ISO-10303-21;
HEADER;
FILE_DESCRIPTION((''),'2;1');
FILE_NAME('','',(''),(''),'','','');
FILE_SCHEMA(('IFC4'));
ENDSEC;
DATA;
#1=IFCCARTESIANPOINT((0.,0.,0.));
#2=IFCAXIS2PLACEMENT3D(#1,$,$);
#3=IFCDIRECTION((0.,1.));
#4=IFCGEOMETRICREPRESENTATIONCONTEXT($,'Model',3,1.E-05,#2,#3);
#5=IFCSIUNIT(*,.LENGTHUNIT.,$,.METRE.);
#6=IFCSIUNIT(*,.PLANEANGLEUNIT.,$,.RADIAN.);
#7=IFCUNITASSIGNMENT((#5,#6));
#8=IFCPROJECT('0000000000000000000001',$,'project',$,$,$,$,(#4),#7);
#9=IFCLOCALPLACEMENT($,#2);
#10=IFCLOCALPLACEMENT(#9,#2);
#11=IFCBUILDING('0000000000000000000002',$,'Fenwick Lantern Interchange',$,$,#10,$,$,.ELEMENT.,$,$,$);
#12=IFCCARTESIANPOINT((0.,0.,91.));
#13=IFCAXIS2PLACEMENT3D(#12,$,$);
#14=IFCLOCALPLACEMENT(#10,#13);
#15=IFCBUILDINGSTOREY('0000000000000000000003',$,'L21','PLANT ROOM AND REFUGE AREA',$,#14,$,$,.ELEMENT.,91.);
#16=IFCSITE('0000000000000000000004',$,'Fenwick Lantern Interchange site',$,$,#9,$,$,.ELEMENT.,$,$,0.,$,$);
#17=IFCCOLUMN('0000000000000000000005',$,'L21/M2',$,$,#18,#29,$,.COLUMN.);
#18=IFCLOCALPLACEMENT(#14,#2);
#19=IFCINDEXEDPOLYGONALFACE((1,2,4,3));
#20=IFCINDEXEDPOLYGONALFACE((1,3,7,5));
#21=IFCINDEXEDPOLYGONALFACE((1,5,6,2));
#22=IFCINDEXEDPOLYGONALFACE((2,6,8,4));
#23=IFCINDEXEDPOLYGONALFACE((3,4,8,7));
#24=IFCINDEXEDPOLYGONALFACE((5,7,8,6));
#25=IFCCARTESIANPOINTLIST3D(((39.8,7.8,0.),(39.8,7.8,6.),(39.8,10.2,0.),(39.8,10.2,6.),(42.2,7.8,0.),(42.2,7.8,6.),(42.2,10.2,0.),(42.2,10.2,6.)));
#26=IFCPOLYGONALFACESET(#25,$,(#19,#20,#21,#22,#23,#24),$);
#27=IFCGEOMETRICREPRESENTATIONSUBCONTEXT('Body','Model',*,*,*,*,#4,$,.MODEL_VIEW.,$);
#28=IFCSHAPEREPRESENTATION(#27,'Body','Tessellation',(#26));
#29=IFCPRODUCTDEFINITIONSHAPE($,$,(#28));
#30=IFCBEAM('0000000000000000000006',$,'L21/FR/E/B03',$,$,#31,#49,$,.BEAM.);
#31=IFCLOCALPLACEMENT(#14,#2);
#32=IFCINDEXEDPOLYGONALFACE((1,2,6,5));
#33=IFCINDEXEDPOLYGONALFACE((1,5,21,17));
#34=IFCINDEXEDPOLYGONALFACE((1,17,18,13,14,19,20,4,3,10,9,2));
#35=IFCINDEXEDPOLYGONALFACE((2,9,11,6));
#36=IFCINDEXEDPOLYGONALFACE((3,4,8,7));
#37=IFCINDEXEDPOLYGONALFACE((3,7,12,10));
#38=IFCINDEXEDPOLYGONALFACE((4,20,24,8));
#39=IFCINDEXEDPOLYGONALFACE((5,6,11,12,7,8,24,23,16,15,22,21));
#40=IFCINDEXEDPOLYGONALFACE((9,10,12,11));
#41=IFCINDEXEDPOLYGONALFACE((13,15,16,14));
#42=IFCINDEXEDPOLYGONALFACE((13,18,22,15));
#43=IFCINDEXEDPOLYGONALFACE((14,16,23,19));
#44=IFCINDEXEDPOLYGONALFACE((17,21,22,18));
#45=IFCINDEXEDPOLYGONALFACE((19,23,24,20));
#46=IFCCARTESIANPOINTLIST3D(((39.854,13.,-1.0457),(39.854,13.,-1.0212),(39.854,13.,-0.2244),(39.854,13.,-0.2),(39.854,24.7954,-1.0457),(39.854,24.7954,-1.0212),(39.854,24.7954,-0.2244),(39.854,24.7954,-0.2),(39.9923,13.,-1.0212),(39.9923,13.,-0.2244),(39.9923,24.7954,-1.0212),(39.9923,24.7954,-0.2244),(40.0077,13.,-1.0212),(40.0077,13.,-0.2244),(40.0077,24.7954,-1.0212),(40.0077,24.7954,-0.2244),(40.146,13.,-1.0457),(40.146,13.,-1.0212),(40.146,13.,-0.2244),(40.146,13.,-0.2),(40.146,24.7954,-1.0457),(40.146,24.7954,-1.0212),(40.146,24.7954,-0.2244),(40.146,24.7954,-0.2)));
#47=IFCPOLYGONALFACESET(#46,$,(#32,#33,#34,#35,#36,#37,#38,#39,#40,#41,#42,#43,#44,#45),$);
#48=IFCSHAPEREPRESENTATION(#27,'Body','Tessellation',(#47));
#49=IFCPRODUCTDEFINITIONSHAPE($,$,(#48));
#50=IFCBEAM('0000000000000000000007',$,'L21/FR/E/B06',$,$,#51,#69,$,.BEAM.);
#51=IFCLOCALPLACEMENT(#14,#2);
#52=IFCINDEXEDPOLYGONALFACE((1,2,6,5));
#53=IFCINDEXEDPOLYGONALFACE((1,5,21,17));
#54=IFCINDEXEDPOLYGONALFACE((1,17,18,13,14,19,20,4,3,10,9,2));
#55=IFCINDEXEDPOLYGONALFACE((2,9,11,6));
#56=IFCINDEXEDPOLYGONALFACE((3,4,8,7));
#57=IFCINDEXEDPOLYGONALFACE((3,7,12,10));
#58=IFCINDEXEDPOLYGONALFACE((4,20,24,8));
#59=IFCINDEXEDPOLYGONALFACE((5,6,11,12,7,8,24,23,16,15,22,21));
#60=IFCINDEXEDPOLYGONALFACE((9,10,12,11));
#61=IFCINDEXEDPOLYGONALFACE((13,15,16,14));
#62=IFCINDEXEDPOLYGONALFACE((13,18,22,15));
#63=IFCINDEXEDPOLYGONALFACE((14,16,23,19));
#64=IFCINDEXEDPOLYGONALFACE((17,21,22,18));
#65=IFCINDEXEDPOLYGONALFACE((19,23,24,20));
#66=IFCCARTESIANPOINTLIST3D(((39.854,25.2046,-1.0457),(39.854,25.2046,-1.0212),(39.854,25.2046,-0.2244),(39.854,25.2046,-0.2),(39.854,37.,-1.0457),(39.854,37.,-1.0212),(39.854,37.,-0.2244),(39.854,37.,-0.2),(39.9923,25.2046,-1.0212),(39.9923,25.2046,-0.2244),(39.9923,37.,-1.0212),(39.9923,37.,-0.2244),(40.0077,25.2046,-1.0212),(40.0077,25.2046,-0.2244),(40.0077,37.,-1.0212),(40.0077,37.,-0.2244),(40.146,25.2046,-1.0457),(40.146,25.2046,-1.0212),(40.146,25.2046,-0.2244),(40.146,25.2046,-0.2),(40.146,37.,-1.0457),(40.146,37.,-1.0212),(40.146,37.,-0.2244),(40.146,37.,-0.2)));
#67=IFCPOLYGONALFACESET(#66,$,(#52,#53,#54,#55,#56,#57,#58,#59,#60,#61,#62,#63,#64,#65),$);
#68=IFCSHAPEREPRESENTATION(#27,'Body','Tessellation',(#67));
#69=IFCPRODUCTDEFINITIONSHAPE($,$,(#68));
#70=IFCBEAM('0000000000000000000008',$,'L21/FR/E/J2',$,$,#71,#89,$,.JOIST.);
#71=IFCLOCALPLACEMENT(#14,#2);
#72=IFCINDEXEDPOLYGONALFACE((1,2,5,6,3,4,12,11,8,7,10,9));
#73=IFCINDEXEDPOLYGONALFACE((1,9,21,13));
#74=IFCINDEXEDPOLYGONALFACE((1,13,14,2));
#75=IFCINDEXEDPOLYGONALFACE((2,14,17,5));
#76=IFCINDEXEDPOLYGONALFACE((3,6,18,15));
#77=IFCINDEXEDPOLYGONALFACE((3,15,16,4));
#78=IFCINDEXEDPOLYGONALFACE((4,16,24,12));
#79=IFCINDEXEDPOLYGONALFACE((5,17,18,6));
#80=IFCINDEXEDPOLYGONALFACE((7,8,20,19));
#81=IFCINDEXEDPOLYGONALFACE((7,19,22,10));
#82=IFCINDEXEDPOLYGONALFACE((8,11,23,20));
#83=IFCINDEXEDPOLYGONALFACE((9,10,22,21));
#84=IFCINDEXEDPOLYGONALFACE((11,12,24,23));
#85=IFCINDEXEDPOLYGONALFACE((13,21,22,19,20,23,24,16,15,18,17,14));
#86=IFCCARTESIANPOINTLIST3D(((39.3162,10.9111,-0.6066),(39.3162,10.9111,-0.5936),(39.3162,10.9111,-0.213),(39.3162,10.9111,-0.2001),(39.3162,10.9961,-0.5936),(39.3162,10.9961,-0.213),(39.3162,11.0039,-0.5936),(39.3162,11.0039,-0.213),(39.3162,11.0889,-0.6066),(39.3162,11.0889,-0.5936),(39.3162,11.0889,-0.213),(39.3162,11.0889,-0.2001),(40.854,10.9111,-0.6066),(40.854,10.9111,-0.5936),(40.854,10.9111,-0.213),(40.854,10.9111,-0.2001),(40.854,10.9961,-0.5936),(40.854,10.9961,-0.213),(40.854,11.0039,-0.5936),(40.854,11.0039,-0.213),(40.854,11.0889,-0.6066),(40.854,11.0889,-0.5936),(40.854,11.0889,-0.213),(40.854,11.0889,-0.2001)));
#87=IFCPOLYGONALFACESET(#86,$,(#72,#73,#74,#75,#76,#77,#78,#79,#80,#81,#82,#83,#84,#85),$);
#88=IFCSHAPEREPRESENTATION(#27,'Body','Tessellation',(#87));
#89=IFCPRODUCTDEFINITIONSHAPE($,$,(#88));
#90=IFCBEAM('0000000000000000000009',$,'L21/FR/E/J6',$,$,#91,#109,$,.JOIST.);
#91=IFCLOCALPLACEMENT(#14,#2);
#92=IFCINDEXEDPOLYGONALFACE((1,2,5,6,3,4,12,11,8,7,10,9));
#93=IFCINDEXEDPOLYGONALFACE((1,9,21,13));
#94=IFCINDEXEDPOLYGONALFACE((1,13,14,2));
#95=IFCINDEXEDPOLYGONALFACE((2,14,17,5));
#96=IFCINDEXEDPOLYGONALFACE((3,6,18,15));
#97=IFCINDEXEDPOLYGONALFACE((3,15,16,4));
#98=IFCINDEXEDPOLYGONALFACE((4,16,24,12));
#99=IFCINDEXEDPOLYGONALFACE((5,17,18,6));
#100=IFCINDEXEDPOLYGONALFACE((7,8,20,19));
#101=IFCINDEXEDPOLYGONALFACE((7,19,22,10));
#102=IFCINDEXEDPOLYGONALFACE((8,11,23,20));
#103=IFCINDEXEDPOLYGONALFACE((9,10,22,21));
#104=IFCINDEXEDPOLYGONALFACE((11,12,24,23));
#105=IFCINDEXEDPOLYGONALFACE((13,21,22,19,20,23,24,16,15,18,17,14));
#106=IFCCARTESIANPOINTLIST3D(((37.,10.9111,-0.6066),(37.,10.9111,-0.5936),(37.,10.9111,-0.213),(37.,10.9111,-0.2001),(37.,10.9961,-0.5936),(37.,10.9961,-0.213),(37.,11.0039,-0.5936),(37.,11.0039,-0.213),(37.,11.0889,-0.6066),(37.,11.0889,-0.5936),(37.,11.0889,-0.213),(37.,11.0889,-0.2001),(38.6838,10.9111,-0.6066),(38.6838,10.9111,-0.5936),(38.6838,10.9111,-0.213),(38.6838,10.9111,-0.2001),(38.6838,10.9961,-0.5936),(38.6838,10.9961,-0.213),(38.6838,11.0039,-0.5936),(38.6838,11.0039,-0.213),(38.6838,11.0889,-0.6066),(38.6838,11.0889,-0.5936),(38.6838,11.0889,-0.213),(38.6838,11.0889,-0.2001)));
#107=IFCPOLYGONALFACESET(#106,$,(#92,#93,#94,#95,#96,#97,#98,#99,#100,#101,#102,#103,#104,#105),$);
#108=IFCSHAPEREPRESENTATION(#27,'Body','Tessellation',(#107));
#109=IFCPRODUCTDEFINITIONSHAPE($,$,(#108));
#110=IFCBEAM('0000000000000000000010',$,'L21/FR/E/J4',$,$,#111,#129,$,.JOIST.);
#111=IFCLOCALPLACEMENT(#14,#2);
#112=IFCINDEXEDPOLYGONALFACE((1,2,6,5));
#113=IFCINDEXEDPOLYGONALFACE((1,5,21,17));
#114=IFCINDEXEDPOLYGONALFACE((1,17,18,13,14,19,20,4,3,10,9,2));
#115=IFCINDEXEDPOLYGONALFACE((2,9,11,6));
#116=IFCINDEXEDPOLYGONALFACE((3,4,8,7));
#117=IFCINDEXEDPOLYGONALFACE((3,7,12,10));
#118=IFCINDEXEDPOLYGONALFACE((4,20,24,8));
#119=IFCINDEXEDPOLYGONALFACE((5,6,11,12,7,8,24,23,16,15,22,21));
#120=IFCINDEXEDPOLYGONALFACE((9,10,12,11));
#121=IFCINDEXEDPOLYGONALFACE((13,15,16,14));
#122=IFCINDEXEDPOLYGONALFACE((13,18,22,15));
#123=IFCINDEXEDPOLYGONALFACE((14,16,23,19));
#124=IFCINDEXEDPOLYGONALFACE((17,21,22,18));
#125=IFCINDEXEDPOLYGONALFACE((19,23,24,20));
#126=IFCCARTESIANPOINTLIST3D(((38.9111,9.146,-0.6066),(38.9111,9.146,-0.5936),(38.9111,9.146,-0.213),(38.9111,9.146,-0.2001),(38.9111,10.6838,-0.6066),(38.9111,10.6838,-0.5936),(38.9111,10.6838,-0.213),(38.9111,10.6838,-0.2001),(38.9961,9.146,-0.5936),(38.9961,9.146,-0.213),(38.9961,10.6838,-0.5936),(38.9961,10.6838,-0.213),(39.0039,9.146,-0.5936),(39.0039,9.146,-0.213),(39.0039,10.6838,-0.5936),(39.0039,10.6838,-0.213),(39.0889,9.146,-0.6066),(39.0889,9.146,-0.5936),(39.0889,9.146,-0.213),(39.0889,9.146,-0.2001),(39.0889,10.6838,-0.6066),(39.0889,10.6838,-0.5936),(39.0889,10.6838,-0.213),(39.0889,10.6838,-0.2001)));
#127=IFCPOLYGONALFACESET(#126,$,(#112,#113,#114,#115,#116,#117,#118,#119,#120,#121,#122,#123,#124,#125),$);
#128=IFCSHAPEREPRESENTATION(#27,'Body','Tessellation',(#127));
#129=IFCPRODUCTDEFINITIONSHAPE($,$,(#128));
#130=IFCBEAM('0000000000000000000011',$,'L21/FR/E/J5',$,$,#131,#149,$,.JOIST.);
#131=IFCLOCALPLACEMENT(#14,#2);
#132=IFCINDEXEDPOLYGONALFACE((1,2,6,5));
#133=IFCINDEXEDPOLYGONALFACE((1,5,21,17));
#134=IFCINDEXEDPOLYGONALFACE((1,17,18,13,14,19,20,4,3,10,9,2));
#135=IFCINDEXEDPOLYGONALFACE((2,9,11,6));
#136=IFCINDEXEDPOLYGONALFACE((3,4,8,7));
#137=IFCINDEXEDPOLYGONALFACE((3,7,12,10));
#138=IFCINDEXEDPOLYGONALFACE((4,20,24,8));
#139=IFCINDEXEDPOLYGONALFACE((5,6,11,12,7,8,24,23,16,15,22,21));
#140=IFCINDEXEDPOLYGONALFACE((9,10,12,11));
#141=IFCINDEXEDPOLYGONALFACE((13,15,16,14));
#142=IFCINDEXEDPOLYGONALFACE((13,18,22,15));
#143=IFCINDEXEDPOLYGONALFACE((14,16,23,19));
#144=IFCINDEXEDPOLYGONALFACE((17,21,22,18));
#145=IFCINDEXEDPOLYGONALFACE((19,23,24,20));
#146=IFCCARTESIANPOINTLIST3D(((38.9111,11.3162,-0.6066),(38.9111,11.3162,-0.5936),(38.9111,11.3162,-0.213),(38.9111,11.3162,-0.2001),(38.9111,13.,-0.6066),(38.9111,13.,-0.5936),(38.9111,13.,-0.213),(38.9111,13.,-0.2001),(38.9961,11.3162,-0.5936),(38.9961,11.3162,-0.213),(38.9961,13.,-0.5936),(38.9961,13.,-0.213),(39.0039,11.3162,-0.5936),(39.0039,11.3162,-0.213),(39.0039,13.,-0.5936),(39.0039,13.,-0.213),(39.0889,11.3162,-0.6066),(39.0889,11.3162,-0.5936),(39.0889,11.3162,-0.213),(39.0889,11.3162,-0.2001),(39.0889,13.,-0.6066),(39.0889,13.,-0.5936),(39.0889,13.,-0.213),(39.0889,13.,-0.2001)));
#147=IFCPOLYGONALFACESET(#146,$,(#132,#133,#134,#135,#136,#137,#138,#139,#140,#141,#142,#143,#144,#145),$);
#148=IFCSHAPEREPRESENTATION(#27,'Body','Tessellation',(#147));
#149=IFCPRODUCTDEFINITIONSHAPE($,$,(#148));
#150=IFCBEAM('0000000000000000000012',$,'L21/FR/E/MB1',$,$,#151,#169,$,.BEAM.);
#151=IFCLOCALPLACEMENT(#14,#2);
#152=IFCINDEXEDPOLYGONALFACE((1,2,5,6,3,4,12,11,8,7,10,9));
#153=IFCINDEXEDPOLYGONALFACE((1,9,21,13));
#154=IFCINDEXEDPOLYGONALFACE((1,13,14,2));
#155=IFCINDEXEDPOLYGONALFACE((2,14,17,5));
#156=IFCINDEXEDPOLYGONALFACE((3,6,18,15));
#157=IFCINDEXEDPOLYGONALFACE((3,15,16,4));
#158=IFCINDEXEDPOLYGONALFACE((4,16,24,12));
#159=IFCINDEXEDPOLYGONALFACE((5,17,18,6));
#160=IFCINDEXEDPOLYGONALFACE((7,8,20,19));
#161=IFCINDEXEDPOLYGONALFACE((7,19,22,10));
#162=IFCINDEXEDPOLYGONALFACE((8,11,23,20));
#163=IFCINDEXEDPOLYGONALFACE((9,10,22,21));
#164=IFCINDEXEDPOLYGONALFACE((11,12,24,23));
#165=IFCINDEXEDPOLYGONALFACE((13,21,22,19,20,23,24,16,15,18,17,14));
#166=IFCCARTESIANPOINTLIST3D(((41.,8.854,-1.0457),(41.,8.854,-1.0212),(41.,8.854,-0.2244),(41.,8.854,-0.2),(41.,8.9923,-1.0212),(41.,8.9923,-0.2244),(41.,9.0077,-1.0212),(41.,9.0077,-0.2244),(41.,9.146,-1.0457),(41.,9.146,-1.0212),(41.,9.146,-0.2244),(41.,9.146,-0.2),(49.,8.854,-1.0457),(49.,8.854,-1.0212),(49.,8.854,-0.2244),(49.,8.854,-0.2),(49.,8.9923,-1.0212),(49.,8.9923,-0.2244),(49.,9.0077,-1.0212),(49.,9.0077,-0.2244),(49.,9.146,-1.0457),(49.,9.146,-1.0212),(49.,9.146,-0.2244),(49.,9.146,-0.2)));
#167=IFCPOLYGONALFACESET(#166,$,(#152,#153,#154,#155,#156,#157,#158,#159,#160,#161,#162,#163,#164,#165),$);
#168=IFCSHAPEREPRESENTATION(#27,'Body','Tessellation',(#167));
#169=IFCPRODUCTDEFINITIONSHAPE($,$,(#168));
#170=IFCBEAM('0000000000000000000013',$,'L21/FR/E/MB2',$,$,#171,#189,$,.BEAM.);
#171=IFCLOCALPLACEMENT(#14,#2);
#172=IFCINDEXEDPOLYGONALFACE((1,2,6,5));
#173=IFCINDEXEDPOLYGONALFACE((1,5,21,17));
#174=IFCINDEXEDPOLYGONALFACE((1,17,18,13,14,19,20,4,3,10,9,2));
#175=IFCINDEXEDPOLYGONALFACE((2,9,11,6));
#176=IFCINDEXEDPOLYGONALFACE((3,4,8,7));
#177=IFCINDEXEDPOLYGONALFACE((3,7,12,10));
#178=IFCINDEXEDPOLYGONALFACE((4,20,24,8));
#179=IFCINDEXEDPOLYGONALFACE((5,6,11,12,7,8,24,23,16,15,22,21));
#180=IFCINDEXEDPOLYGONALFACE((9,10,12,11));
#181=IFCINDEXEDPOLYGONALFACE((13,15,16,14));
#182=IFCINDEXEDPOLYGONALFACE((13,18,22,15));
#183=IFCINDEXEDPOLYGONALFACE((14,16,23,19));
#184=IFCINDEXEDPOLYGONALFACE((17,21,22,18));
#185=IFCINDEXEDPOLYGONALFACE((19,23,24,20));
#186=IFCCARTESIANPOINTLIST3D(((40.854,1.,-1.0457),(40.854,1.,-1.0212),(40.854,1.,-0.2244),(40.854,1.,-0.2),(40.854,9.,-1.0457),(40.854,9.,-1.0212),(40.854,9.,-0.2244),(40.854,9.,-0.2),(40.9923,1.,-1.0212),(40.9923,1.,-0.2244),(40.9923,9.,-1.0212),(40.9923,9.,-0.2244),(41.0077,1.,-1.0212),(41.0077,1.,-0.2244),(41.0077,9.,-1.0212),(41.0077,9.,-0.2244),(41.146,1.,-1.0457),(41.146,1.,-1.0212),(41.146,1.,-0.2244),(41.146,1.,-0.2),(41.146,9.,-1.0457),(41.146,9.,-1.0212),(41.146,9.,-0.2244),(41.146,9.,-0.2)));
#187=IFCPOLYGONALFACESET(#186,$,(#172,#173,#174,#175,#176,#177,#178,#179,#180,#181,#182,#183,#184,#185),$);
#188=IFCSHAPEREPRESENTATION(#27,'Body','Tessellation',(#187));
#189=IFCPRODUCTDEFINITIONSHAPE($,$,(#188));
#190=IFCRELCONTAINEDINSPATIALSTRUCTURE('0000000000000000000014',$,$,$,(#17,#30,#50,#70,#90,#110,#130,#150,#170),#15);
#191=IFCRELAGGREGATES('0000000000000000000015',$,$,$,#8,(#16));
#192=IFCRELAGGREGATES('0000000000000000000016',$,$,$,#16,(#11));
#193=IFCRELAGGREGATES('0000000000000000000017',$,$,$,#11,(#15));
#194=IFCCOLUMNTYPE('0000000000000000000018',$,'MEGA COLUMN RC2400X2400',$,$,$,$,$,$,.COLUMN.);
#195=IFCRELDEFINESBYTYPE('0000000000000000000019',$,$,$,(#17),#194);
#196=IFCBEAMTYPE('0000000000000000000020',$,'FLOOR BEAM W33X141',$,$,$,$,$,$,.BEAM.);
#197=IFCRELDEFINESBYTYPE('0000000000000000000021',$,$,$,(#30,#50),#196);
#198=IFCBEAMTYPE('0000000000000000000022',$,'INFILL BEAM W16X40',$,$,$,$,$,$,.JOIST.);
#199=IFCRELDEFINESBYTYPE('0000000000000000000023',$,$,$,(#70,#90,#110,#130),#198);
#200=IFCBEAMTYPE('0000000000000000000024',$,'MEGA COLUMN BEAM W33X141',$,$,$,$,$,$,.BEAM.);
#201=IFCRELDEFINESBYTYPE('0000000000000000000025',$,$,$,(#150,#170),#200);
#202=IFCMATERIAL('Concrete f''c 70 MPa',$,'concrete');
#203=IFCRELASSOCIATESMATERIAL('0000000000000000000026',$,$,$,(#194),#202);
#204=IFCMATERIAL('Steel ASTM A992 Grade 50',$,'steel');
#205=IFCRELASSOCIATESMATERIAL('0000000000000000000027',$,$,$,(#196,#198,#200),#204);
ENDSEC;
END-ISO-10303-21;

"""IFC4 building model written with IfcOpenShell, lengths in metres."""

from ifc_helpers import new_model, si_unit, direction, frame, origin, origin_2d, place, context, subcontext, project, spatial, rectangle, i_section, extrude, material, material_profile, profile_set, type_object, element, save


model = new_model("IFC4")

# Units and contexts
model_context = context("Model", 3, precision=1e-05, world=origin(), true_north=direction((0.0, 1.0)))
body_context = subcontext(model_context, "Body", "Model", "MODEL_VIEW")
ifc_project = project(units=[si_unit("LENGTHUNIT", "METRE"), si_unit("PLANEANGLEUNIT", "RADIAN")], contexts=[model_context])

# Site, building, storey
site_placement = place(None, origin())
site = spatial("IfcSite", under=ifc_project, at=site_placement, Name="Fenwick Lantern Interchange site", CompositionType="ELEMENT", RefElevation=0.0)
building_placement = place(site_placement, origin())
building = spatial("IfcBuilding", under=site, at=building_placement, Name="Fenwick Lantern Interchange", CompositionType="ELEMENT")
storey_placement = place(building_placement, frame((0.0, 0.0, 91.0)))
storey = spatial("IfcBuildingStorey", under=building, at=storey_placement, Name="L21", Description="PLANT ROOM AND REFUGE AREA", CompositionType="ELEMENT", Elevation=91.0)

# Column
ifc_material_1 = material(Name="Concrete f'c 70 MPa", Category="concrete")
ifc_material_profile_1 = material_profile(ifc_material_1, rectangle(XDim=2.3999, YDim=2.3999, at=origin_2d()), Name="RC2400X2400")
ifc_profile_set_1 = profile_set([ifc_material_profile_1], Name="Concrete f'c 70 MPa")
column_type = type_object("IfcColumnType", Name="MEGA COLUMN RC2400X2400", PredefinedType="COLUMN", material=ifc_profile_set_1)
column_placement = place(storey_placement, frame((41.0, 9.0, 0.0), z_axis=(0.0, 0.0, 1.0), x_axis=(1.0, 0.0, 0.0)))
element("IfcColumn", 1, at=column_placement, inside=storey, type_object=column_type, Name="L21/M2", PredefinedType="COLUMN", context=body_context, shape_type="SweptSolid", body=[
    extrude(rectangle(XDim=2.3999, YDim=2.3999, at=origin_2d()), origin(), (0.0, 0.0, 1.0), 6.0),
])

# Beams
ifc_material_2 = material(Name="Steel ASTM A992 Grade 50", Category="steel")
ifc_material_profile_2 = material_profile(ifc_material_2, i_section(OverallWidth=0.292, OverallDepth=0.8457, WebThickness=0.0154, FlangeThickness=0.0244, at=origin_2d()), Name="W33X141")
ifc_profile_set_2 = profile_set([ifc_material_profile_2], Name="Steel ASTM A992 Grade 50")
beam_type_1 = type_object("IfcBeamType", Name="FLOOR BEAM W33X141", PredefinedType="BEAM", material=ifc_profile_set_2)
for number, where, z_axis, x_axis, name in (
    (2, (40.0, 13.0, -0.6228), (0.0, 1.0, 0.0), (-1.0, 0.0, 0.0), "L21/FR/E/B03"),
    (3, (40.0, 25.2046, -0.6228), (0.0, 1.0, 0.0), (-1.0, 0.0, 0.0), "L21/FR/E/B06"),
):
    element("IfcBeam", number, at=place(storey_placement, frame(where, z_axis=z_axis, x_axis=x_axis)), inside=storey, type_object=beam_type_1, Name=name, PredefinedType="BEAM", context=body_context, shape_type="SweptSolid", body=[
        extrude(i_section(OverallWidth=0.292, OverallDepth=0.8457, WebThickness=0.0154, FlangeThickness=0.0244, at=origin_2d()), origin(), (0.0, 0.0, 1.0), 11.7954),
    ])
ifc_material_profile_3 = material_profile(ifc_material_2, i_section(OverallWidth=0.1777, OverallDepth=0.4065, WebThickness=0.0078, FlangeThickness=0.0129, at=origin_2d()), Name="W16X40")
ifc_profile_set_3 = profile_set([ifc_material_profile_3], Name="Steel ASTM A992 Grade 50")
beam_type_2 = type_object("IfcBeamType", Name="INFILL BEAM W16X40", PredefinedType="JOIST", material=ifc_profile_set_3)
beam_1_placement = place(storey_placement, frame((40.854, 11.0, -0.4033), z_axis=(-1.0, 0.0, 0.0), x_axis=(0.0, -1.0, 0.0)))
element("IfcBeam", 4, at=beam_1_placement, inside=storey, type_object=beam_type_2, Name="L21/FR/E/J2", PredefinedType="JOIST", context=body_context, shape_type="SweptSolid", body=[
    extrude(i_section(OverallWidth=0.1777, OverallDepth=0.4065, WebThickness=0.0078, FlangeThickness=0.0129, at=origin_2d()), origin(), (0.0, 0.0, 1.0), 1.5378),
])
beam_2_placement = place(storey_placement, frame((38.6838, 11.0, -0.4033), z_axis=(-1.0, 0.0, 0.0), x_axis=(0.0, -1.0, 0.0)))
element("IfcBeam", 5, at=beam_2_placement, inside=storey, type_object=beam_type_2, Name="L21/FR/E/J6", PredefinedType="JOIST", context=body_context, shape_type="SweptSolid", body=[
    extrude(i_section(OverallWidth=0.1777, OverallDepth=0.4065, WebThickness=0.0078, FlangeThickness=0.0129, at=origin_2d()), origin(), (0.0, 0.0, 1.0), 1.6838),
])
beam_3_placement = place(storey_placement, frame((39.0, 9.146, -0.4033), z_axis=(0.0, 1.0, 0.0), x_axis=(-1.0, 0.0, 0.0)))
element("IfcBeam", 6, at=beam_3_placement, inside=storey, type_object=beam_type_2, Name="L21/FR/E/J4", PredefinedType="JOIST", context=body_context, shape_type="SweptSolid", body=[
    extrude(i_section(OverallWidth=0.1777, OverallDepth=0.4065, WebThickness=0.0078, FlangeThickness=0.0129, at=origin_2d()), origin(), (0.0, 0.0, 1.0), 1.5378),
])
beam_4_placement = place(storey_placement, frame((39.0, 11.3162, -0.4033), z_axis=(0.0, 1.0, 0.0), x_axis=(-1.0, 0.0, 0.0)))
element("IfcBeam", 7, at=beam_4_placement, inside=storey, type_object=beam_type_2, Name="L21/FR/E/J5", PredefinedType="JOIST", context=body_context, shape_type="SweptSolid", body=[
    extrude(i_section(OverallWidth=0.1777, OverallDepth=0.4065, WebThickness=0.0078, FlangeThickness=0.0129, at=origin_2d()), origin(), (0.0, 0.0, 1.0), 1.6838),
])
ifc_material_profile_4 = material_profile(ifc_material_2, i_section(OverallWidth=0.292, OverallDepth=0.8457, WebThickness=0.0154, FlangeThickness=0.0244, at=origin_2d()), Name="W33X141")
ifc_profile_set_4 = profile_set([ifc_material_profile_4], Name="Steel ASTM A992 Grade 50")
beam_type_3 = type_object("IfcBeamType", Name="MEGA COLUMN BEAM W33X141", PredefinedType="BEAM", material=ifc_profile_set_4)
for number, where, z_axis, x_axis, name in (
    (8, (41.0, 9.0, -0.6228), (1.0, 0.0, 0.0), (0.0, 1.0, 0.0), "L21/FR/E/MB1"),
    (9, (41.0, 9.0, -0.6228), (0.0, -1.0, 0.0), (1.0, 0.0, 0.0), "L21/FR/E/MB2"),
):
    element("IfcBeam", number, at=place(storey_placement, frame(where, z_axis=z_axis, x_axis=x_axis)), inside=storey, type_object=beam_type_3, Name=name, PredefinedType="BEAM", context=body_context, shape_type="SweptSolid", body=[
        extrude(i_section(OverallWidth=0.292, OverallDepth=0.8457, WebThickness=0.0154, FlangeThickness=0.0244, at=origin_2d()), origin(), (0.0, 0.0, 1.0), 8.0),
    ])

save(model, "model.ifc")
